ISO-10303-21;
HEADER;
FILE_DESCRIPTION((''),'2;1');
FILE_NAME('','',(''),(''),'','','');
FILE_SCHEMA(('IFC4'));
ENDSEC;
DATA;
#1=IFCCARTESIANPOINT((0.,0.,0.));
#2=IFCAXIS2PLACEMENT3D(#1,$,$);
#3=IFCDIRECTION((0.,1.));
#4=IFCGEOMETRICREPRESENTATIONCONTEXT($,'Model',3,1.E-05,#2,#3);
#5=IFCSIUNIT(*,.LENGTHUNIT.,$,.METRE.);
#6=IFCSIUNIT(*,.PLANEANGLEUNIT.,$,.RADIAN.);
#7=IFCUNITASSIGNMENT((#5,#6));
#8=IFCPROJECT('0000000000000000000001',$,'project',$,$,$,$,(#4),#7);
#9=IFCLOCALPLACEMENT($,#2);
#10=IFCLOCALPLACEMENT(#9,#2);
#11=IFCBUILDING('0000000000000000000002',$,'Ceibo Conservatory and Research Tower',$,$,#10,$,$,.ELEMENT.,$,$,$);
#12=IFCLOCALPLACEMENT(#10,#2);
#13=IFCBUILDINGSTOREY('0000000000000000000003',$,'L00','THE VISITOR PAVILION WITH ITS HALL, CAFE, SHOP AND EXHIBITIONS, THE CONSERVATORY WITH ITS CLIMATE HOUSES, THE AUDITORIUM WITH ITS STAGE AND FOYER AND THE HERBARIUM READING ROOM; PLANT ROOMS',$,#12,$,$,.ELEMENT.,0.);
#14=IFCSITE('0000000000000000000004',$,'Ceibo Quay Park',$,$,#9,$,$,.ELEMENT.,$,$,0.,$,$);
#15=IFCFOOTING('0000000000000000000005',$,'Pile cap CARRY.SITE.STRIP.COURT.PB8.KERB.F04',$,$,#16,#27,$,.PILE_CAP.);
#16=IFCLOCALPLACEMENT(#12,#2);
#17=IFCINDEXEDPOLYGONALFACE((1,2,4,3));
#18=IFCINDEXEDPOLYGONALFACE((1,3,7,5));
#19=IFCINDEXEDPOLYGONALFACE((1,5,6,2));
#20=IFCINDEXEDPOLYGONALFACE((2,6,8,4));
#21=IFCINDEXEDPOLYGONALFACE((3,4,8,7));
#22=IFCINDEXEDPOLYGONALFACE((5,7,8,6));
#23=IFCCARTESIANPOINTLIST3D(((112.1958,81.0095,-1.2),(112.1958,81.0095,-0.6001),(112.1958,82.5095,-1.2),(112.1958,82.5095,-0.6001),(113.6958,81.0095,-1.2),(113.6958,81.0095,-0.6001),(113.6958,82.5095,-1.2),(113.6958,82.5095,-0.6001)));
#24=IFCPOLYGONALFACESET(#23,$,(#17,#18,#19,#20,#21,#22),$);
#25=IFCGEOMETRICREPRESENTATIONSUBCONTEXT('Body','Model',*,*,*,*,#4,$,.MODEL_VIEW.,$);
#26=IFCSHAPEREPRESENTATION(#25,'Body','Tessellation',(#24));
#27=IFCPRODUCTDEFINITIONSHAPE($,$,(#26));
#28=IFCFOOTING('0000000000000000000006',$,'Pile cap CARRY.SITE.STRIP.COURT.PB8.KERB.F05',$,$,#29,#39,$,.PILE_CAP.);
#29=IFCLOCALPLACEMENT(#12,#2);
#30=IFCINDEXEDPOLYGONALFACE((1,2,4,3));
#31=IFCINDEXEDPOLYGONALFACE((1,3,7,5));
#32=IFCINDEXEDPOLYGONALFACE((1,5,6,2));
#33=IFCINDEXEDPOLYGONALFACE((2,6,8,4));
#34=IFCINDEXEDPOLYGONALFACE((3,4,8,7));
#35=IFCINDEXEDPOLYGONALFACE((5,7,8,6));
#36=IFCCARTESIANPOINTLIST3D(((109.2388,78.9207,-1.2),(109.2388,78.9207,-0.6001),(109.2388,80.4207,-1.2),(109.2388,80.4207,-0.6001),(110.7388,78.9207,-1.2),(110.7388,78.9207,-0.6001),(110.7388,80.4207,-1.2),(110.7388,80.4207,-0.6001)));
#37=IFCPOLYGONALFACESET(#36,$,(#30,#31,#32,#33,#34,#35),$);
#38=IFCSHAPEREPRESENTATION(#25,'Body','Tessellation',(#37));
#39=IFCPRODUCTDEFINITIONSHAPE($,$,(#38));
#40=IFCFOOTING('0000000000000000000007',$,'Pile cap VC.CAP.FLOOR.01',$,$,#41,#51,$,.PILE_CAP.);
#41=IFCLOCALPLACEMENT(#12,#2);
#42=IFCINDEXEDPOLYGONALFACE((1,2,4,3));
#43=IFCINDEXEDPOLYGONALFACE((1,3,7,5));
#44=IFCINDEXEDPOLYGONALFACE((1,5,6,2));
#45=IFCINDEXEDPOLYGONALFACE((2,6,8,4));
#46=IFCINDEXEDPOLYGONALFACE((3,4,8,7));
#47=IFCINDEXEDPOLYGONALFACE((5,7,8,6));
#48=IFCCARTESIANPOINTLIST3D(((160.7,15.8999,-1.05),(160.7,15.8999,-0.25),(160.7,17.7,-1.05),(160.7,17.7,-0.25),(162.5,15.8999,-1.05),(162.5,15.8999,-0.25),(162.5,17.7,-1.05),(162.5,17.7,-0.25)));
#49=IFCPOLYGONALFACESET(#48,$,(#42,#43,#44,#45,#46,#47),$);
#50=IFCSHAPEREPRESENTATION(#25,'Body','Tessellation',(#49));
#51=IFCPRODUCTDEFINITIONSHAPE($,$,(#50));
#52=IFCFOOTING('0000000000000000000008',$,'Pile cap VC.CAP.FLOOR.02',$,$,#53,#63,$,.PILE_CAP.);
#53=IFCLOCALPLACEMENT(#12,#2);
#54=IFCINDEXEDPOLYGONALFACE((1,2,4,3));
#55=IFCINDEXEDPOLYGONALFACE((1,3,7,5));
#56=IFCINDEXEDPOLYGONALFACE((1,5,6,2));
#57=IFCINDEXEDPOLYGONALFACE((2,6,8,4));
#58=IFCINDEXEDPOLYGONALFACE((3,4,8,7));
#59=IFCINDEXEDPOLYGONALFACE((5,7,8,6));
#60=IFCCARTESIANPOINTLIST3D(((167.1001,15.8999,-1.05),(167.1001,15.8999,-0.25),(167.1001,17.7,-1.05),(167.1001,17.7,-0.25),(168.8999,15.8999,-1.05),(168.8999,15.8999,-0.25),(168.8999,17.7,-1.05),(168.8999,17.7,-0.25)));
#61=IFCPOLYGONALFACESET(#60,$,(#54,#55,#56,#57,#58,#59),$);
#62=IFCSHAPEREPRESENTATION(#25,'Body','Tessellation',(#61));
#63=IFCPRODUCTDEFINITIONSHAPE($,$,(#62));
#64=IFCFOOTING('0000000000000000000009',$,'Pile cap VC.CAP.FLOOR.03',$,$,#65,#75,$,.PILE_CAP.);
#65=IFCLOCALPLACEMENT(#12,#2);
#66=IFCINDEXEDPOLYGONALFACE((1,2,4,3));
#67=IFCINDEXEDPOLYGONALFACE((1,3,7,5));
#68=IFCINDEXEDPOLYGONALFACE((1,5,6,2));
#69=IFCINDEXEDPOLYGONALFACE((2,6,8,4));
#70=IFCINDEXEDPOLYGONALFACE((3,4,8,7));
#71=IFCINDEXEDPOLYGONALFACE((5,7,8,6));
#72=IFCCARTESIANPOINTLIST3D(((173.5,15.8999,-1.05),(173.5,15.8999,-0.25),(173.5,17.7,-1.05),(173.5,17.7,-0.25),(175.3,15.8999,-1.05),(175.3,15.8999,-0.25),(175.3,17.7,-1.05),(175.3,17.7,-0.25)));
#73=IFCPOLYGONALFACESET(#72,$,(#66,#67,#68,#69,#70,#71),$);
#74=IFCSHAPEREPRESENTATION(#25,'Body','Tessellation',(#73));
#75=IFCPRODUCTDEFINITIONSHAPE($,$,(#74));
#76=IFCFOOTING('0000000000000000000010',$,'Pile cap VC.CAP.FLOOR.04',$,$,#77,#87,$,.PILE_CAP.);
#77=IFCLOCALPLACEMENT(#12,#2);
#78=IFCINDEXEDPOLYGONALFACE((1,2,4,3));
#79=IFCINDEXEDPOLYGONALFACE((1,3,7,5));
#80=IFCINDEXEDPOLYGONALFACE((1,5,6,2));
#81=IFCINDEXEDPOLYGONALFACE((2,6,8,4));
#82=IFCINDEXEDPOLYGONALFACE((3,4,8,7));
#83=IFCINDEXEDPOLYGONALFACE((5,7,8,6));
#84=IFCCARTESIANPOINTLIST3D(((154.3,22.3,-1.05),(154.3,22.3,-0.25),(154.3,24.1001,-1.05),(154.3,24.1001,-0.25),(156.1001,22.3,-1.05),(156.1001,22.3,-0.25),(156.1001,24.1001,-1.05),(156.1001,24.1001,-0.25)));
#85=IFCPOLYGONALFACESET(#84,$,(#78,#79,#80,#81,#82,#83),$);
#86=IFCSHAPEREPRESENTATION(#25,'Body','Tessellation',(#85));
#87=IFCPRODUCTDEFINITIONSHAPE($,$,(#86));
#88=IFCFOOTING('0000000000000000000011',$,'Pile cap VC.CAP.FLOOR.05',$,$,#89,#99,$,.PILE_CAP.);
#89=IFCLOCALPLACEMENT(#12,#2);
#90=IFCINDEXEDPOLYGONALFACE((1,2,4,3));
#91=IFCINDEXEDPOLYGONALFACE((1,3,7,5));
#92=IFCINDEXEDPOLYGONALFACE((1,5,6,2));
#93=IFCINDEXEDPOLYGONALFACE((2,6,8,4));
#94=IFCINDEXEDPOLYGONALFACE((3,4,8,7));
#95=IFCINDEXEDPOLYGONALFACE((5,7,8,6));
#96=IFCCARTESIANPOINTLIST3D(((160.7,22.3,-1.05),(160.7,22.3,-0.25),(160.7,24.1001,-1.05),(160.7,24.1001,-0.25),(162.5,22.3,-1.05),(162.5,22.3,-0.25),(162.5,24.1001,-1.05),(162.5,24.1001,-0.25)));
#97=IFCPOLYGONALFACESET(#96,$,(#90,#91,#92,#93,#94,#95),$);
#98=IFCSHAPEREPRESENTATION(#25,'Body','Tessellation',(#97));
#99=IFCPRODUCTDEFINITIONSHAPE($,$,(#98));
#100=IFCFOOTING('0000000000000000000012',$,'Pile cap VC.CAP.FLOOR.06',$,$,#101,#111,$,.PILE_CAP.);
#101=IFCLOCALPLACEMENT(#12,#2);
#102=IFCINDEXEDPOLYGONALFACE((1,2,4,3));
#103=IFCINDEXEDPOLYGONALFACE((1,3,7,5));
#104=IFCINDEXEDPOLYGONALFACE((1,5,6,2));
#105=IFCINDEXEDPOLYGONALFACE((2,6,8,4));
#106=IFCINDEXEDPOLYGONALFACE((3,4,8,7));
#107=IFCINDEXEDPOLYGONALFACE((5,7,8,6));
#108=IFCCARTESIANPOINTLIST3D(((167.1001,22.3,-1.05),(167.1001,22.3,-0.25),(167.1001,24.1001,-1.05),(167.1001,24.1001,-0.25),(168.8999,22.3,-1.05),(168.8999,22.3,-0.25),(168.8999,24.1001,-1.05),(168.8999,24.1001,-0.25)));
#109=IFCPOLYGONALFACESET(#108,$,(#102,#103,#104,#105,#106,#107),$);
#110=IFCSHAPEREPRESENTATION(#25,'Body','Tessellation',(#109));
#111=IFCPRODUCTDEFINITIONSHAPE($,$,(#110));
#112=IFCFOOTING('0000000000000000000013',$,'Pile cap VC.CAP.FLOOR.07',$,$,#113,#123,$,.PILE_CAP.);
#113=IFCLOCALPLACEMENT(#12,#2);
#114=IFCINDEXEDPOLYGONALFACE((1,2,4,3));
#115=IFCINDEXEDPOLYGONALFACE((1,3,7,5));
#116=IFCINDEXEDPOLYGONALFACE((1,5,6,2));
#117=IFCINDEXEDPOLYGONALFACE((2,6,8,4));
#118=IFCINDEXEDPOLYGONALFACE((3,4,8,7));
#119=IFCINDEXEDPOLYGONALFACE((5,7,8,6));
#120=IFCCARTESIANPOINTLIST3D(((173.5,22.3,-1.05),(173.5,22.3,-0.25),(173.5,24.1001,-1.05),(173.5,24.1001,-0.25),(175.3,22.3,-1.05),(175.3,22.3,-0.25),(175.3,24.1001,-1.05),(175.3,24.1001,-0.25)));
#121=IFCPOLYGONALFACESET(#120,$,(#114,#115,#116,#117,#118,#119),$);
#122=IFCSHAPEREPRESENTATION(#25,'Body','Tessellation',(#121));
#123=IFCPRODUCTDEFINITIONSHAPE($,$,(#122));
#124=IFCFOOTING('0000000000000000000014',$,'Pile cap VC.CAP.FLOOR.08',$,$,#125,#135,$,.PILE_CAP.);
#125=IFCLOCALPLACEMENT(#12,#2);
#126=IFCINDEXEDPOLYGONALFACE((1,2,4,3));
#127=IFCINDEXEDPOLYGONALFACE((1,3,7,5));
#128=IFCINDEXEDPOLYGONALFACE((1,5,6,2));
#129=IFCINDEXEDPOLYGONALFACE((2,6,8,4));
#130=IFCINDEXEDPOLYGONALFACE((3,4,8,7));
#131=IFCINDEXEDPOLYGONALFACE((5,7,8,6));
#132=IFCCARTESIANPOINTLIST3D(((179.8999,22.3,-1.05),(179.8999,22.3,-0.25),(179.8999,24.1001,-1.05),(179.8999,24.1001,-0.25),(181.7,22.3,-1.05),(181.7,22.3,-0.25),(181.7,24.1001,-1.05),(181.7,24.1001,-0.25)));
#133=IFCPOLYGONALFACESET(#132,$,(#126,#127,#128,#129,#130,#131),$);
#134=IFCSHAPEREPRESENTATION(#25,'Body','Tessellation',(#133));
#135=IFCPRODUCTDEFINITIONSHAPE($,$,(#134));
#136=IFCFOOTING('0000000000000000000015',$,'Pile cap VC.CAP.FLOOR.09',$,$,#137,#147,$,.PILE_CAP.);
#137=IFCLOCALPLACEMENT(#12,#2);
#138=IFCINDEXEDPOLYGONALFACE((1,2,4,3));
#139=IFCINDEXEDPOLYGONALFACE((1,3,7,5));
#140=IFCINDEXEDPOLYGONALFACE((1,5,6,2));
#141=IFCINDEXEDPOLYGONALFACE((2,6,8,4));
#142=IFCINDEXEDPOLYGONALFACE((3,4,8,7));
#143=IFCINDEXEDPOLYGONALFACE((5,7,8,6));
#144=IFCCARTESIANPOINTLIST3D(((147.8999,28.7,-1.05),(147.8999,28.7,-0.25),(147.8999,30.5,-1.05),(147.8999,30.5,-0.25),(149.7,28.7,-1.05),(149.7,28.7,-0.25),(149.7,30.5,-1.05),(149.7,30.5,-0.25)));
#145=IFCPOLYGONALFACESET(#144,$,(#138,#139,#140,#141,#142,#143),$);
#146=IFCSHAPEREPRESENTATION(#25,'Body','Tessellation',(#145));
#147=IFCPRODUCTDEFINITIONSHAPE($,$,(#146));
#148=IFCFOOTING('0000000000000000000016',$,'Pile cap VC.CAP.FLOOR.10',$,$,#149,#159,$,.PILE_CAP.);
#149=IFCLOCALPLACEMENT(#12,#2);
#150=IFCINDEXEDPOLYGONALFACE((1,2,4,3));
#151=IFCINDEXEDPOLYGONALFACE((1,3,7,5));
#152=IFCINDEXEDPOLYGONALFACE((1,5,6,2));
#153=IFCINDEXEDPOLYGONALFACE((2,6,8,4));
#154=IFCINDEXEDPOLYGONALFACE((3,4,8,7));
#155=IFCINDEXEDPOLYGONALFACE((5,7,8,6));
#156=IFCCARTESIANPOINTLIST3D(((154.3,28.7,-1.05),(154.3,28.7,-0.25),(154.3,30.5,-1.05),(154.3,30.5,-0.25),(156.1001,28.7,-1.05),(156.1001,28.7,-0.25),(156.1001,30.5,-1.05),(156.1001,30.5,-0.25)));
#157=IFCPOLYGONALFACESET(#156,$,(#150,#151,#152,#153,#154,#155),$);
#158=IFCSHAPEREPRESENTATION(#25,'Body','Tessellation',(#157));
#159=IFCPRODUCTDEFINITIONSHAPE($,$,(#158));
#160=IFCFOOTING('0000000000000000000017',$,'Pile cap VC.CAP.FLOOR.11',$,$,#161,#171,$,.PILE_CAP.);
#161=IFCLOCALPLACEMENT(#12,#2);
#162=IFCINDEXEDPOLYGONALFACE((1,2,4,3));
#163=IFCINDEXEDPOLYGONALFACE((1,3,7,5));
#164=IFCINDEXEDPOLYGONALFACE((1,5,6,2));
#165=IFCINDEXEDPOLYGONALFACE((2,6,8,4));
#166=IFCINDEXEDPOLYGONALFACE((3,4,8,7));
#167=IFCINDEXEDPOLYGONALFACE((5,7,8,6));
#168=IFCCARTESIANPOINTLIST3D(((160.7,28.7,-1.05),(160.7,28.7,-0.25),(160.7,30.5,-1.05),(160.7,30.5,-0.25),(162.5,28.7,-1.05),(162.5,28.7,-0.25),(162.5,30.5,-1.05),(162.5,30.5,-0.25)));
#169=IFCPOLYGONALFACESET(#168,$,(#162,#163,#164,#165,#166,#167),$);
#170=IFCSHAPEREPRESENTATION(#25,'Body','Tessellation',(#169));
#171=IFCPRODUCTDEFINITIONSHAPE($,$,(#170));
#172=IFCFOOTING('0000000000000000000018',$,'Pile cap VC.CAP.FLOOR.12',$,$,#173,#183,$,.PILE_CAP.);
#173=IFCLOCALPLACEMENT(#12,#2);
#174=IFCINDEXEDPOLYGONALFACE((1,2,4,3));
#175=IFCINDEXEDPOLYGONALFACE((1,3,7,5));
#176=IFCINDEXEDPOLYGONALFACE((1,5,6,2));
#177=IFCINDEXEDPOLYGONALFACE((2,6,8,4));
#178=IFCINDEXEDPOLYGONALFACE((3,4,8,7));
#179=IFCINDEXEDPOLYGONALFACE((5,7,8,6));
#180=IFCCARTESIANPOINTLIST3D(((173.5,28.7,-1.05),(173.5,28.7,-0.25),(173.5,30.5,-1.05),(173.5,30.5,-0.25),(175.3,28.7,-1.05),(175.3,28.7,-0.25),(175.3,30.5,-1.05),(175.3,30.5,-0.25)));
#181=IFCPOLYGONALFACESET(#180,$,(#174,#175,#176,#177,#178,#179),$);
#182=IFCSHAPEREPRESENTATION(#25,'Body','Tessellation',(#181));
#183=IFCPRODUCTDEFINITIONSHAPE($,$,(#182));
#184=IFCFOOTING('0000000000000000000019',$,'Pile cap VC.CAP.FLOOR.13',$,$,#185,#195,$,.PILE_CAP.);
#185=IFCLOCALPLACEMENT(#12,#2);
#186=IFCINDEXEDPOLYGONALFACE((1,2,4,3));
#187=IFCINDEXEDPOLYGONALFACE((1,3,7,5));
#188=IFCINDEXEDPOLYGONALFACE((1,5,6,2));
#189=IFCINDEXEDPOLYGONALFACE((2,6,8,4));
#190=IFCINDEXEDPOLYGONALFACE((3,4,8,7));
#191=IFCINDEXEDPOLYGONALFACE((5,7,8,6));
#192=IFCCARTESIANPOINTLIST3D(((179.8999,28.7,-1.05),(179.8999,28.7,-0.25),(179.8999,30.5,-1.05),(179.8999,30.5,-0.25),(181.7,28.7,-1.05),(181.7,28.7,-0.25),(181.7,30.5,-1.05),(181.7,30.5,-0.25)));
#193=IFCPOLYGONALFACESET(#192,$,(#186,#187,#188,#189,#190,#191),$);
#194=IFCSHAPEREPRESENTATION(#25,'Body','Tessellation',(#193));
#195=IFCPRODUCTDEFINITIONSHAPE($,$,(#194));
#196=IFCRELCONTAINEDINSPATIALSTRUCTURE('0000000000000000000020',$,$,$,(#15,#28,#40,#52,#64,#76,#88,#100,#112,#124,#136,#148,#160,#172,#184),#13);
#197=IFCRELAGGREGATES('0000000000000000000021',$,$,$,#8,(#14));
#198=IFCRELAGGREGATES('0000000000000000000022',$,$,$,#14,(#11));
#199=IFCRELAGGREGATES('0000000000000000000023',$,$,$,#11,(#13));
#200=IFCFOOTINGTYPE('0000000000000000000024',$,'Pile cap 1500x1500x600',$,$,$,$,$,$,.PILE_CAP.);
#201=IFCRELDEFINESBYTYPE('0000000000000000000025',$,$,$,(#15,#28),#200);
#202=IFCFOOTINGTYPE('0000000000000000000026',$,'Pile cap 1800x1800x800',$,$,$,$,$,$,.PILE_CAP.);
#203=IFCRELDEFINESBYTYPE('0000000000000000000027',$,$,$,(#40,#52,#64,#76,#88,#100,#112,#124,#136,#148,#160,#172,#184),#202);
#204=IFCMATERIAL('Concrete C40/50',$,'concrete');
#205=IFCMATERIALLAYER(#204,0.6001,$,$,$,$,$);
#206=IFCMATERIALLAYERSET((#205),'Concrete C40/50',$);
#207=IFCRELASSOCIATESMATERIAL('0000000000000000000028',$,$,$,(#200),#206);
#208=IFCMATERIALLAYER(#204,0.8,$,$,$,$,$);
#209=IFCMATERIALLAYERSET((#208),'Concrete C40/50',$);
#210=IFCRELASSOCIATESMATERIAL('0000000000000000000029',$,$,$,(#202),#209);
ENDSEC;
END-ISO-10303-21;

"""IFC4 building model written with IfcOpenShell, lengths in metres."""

from ifc_helpers import new_model, si_unit, direction, frame, origin, place, context, subcontext, project, spatial, polyline, outline, extrude, material, layer, layer_set, type_object, element, save


model = new_model("IFC4")

# Units and contexts
model_context = context("Model", 3, precision=1e-05, world=origin(), true_north=direction((0.0, 1.0)))
body_context = subcontext(model_context, "Body", "Model", "MODEL_VIEW")
ifc_project = project(units=[si_unit("LENGTHUNIT", "METRE"), si_unit("PLANEANGLEUNIT", "RADIAN")], contexts=[model_context])

# Site, building, storey
site_placement = place(None, origin())
site = spatial("IfcSite", under=ifc_project, at=site_placement, Name="Ceibo Quay Park", CompositionType="ELEMENT", RefElevation=0.0)
building_placement = place(site_placement, origin())
building = spatial("IfcBuilding", under=site, at=building_placement, Name="Ceibo Conservatory and Research Tower", CompositionType="ELEMENT")
storey_placement = place(building_placement, origin())
storey = spatial("IfcBuildingStorey", under=building, at=storey_placement, Name="L00", Description="THE VISITOR PAVILION WITH ITS HALL, CAFE, SHOP AND EXHIBITIONS, THE CONSERVATORY WITH ITS CLIMATE HOUSES, THE AUDITORIUM WITH ITS STAGE AND FOYER AND THE HERBARIUM READING ROOM; PLANT ROOMS", CompositionType="ELEMENT", Elevation=0.0)

# Footings
ifc_material = material(Name="Concrete C40/50", Category="concrete")
ifc_layer_1 = layer(ifc_material, 0.6001)
ifc_layer_set_1 = layer_set([ifc_layer_1], Name="Concrete C40/50")
footing_type_1 = type_object("IfcFootingType", Name="Pile cap 1500x1500x600", PredefinedType="PILE_CAP", material=ifc_layer_set_1)
footing_1_placement = place(storey_placement, frame((0.0, 0.0, -1.2)))
element("IfcFooting", 1, at=footing_1_placement, inside=storey, type_object=footing_type_1, Name="Pile cap CARRY.SITE.STRIP.COURT.PB8.KERB.F04", PredefinedType="PILE_CAP", context=body_context, shape_type="SweptSolid", body=[
    extrude(outline(polyline([(113.6958, 81.0095), (113.6958, 82.5095), (112.1958, 82.5095), (112.1958, 81.0095), (113.6958, 81.0095)])), origin(), (0.0, 0.0, 1.0), 0.5999),
])
footing_2_placement = place(storey_placement, frame((0.0, 0.0, -1.2)))
element("IfcFooting", 2, at=footing_2_placement, inside=storey, type_object=footing_type_1, Name="Pile cap CARRY.SITE.STRIP.COURT.PB8.KERB.F05", PredefinedType="PILE_CAP", context=body_context, shape_type="SweptSolid", body=[
    extrude(outline(polyline([(110.7388, 78.9207), (110.7388, 80.4207), (109.2388, 80.4207), (109.2388, 78.9207), (110.7388, 78.9207)])), origin(), (0.0, 0.0, 1.0), 0.5999),
])
ifc_layer_2 = layer(ifc_material, 0.8)
ifc_layer_set_2 = layer_set([ifc_layer_2], Name="Concrete C40/50")
footing_type_2 = type_object("IfcFootingType", Name="Pile cap 1800x1800x800", PredefinedType="PILE_CAP", material=ifc_layer_set_2)
footing_3_placement = place(storey_placement, frame((0.0, 0.0, -1.05)))
element("IfcFooting", 3, at=footing_3_placement, inside=storey, type_object=footing_type_2, Name="Pile cap VC.CAP.FLOOR.01", PredefinedType="PILE_CAP", context=body_context, shape_type="SweptSolid", body=[
    extrude(outline(polyline([(160.7, 15.8999), (162.5, 15.8999), (162.5, 17.7), (160.7, 17.7), (160.7, 15.8999)])), origin(), (0.0, 0.0, 1.0), 0.8),
])
footing_4_placement = place(storey_placement, frame((0.0, 0.0, -1.05)))
element("IfcFooting", 4, at=footing_4_placement, inside=storey, type_object=footing_type_2, Name="Pile cap VC.CAP.FLOOR.02", PredefinedType="PILE_CAP", context=body_context, shape_type="SweptSolid", body=[
    extrude(outline(polyline([(167.1001, 15.8999), (168.8999, 15.8999), (168.8999, 17.7), (167.1001, 17.7), (167.1001, 15.8999)])), origin(), (0.0, 0.0, 1.0), 0.8),
])
footing_5_placement = place(storey_placement, frame((0.0, 0.0, -1.05)))
element("IfcFooting", 5, at=footing_5_placement, inside=storey, type_object=footing_type_2, Name="Pile cap VC.CAP.FLOOR.03", PredefinedType="PILE_CAP", context=body_context, shape_type="SweptSolid", body=[
    extrude(outline(polyline([(173.5, 15.8999), (175.3, 15.8999), (175.3, 17.7), (173.5, 17.7), (173.5, 15.8999)])), origin(), (0.0, 0.0, 1.0), 0.8),
])
footing_6_placement = place(storey_placement, frame((0.0, 0.0, -1.05)))
element("IfcFooting", 6, at=footing_6_placement, inside=storey, type_object=footing_type_2, Name="Pile cap VC.CAP.FLOOR.04", PredefinedType="PILE_CAP", context=body_context, shape_type="SweptSolid", body=[
    extrude(outline(polyline([(154.3, 22.3), (156.1001, 22.3), (156.1001, 24.1001), (154.3, 24.1001), (154.3, 22.3)])), origin(), (0.0, 0.0, 1.0), 0.8),
])
footing_7_placement = place(storey_placement, frame((0.0, 0.0, -1.05)))
element("IfcFooting", 7, at=footing_7_placement, inside=storey, type_object=footing_type_2, Name="Pile cap VC.CAP.FLOOR.05", PredefinedType="PILE_CAP", context=body_context, shape_type="SweptSolid", body=[
    extrude(outline(polyline([(160.7, 22.3), (162.5, 22.3), (162.5, 24.1001), (160.7, 24.1001), (160.7, 22.3)])), origin(), (0.0, 0.0, 1.0), 0.8),
])
footing_8_placement = place(storey_placement, frame((0.0, 0.0, -1.05)))
element("IfcFooting", 8, at=footing_8_placement, inside=storey, type_object=footing_type_2, Name="Pile cap VC.CAP.FLOOR.06", PredefinedType="PILE_CAP", context=body_context, shape_type="SweptSolid", body=[
    extrude(outline(polyline([(167.1001, 22.3), (168.8999, 22.3), (168.8999, 24.1001), (167.1001, 24.1001), (167.1001, 22.3)])), origin(), (0.0, 0.0, 1.0), 0.8),
])
footing_9_placement = place(storey_placement, frame((0.0, 0.0, -1.05)))
element("IfcFooting", 9, at=footing_9_placement, inside=storey, type_object=footing_type_2, Name="Pile cap VC.CAP.FLOOR.07", PredefinedType="PILE_CAP", context=body_context, shape_type="SweptSolid", body=[
    extrude(outline(polyline([(173.5, 22.3), (175.3, 22.3), (175.3, 24.1001), (173.5, 24.1001), (173.5, 22.3)])), origin(), (0.0, 0.0, 1.0), 0.8),
])
footing_10_placement = place(storey_placement, frame((0.0, 0.0, -1.05)))
element("IfcFooting", 10, at=footing_10_placement, inside=storey, type_object=footing_type_2, Name="Pile cap VC.CAP.FLOOR.08", PredefinedType="PILE_CAP", context=body_context, shape_type="SweptSolid", body=[
    extrude(outline(polyline([(179.8999, 22.3), (181.7, 22.3), (181.7, 24.1001), (179.8999, 24.1001), (179.8999, 22.3)])), origin(), (0.0, 0.0, 1.0), 0.8),
])
footing_11_placement = place(storey_placement, frame((0.0, 0.0, -1.05)))
element("IfcFooting", 11, at=footing_11_placement, inside=storey, type_object=footing_type_2, Name="Pile cap VC.CAP.FLOOR.09", PredefinedType="PILE_CAP", context=body_context, shape_type="SweptSolid", body=[
    extrude(outline(polyline([(147.8999, 28.7), (149.7, 28.7), (149.7, 30.5), (147.8999, 30.5), (147.8999, 28.7)])), origin(), (0.0, 0.0, 1.0), 0.8),
])
footing_12_placement = place(storey_placement, frame((0.0, 0.0, -1.05)))
element("IfcFooting", 12, at=footing_12_placement, inside=storey, type_object=footing_type_2, Name="Pile cap VC.CAP.FLOOR.10", PredefinedType="PILE_CAP", context=body_context, shape_type="SweptSolid", body=[
    extrude(outline(polyline([(154.3, 28.7), (156.1001, 28.7), (156.1001, 30.5), (154.3, 30.5), (154.3, 28.7)])), origin(), (0.0, 0.0, 1.0), 0.8),
])
footing_13_placement = place(storey_placement, frame((0.0, 0.0, -1.05)))
element("IfcFooting", 13, at=footing_13_placement, inside=storey, type_object=footing_type_2, Name="Pile cap VC.CAP.FLOOR.11", PredefinedType="PILE_CAP", context=body_context, shape_type="SweptSolid", body=[
    extrude(outline(polyline([(160.7, 28.7), (162.5, 28.7), (162.5, 30.5), (160.7, 30.5), (160.7, 28.7)])), origin(), (0.0, 0.0, 1.0), 0.8),
])
footing_14_placement = place(storey_placement, frame((0.0, 0.0, -1.05)))
element("IfcFooting", 14, at=footing_14_placement, inside=storey, type_object=footing_type_2, Name="Pile cap VC.CAP.FLOOR.12", PredefinedType="PILE_CAP", context=body_context, shape_type="SweptSolid", body=[
    extrude(outline(polyline([(173.5, 28.7), (175.3, 28.7), (175.3, 30.5), (173.5, 30.5), (173.5, 28.7)])), origin(), (0.0, 0.0, 1.0), 0.8),
])
footing_15_placement = place(storey_placement, frame((0.0, 0.0, -1.05)))
element("IfcFooting", 15, at=footing_15_placement, inside=storey, type_object=footing_type_2, Name="Pile cap VC.CAP.FLOOR.13", PredefinedType="PILE_CAP", context=body_context, shape_type="SweptSolid", body=[
    extrude(outline(polyline([(179.8999, 28.7), (181.7, 28.7), (181.7, 30.5), (179.8999, 30.5), (179.8999, 28.7)])), origin(), (0.0, 0.0, 1.0), 0.8),
])

save(model, "model.ifc")
